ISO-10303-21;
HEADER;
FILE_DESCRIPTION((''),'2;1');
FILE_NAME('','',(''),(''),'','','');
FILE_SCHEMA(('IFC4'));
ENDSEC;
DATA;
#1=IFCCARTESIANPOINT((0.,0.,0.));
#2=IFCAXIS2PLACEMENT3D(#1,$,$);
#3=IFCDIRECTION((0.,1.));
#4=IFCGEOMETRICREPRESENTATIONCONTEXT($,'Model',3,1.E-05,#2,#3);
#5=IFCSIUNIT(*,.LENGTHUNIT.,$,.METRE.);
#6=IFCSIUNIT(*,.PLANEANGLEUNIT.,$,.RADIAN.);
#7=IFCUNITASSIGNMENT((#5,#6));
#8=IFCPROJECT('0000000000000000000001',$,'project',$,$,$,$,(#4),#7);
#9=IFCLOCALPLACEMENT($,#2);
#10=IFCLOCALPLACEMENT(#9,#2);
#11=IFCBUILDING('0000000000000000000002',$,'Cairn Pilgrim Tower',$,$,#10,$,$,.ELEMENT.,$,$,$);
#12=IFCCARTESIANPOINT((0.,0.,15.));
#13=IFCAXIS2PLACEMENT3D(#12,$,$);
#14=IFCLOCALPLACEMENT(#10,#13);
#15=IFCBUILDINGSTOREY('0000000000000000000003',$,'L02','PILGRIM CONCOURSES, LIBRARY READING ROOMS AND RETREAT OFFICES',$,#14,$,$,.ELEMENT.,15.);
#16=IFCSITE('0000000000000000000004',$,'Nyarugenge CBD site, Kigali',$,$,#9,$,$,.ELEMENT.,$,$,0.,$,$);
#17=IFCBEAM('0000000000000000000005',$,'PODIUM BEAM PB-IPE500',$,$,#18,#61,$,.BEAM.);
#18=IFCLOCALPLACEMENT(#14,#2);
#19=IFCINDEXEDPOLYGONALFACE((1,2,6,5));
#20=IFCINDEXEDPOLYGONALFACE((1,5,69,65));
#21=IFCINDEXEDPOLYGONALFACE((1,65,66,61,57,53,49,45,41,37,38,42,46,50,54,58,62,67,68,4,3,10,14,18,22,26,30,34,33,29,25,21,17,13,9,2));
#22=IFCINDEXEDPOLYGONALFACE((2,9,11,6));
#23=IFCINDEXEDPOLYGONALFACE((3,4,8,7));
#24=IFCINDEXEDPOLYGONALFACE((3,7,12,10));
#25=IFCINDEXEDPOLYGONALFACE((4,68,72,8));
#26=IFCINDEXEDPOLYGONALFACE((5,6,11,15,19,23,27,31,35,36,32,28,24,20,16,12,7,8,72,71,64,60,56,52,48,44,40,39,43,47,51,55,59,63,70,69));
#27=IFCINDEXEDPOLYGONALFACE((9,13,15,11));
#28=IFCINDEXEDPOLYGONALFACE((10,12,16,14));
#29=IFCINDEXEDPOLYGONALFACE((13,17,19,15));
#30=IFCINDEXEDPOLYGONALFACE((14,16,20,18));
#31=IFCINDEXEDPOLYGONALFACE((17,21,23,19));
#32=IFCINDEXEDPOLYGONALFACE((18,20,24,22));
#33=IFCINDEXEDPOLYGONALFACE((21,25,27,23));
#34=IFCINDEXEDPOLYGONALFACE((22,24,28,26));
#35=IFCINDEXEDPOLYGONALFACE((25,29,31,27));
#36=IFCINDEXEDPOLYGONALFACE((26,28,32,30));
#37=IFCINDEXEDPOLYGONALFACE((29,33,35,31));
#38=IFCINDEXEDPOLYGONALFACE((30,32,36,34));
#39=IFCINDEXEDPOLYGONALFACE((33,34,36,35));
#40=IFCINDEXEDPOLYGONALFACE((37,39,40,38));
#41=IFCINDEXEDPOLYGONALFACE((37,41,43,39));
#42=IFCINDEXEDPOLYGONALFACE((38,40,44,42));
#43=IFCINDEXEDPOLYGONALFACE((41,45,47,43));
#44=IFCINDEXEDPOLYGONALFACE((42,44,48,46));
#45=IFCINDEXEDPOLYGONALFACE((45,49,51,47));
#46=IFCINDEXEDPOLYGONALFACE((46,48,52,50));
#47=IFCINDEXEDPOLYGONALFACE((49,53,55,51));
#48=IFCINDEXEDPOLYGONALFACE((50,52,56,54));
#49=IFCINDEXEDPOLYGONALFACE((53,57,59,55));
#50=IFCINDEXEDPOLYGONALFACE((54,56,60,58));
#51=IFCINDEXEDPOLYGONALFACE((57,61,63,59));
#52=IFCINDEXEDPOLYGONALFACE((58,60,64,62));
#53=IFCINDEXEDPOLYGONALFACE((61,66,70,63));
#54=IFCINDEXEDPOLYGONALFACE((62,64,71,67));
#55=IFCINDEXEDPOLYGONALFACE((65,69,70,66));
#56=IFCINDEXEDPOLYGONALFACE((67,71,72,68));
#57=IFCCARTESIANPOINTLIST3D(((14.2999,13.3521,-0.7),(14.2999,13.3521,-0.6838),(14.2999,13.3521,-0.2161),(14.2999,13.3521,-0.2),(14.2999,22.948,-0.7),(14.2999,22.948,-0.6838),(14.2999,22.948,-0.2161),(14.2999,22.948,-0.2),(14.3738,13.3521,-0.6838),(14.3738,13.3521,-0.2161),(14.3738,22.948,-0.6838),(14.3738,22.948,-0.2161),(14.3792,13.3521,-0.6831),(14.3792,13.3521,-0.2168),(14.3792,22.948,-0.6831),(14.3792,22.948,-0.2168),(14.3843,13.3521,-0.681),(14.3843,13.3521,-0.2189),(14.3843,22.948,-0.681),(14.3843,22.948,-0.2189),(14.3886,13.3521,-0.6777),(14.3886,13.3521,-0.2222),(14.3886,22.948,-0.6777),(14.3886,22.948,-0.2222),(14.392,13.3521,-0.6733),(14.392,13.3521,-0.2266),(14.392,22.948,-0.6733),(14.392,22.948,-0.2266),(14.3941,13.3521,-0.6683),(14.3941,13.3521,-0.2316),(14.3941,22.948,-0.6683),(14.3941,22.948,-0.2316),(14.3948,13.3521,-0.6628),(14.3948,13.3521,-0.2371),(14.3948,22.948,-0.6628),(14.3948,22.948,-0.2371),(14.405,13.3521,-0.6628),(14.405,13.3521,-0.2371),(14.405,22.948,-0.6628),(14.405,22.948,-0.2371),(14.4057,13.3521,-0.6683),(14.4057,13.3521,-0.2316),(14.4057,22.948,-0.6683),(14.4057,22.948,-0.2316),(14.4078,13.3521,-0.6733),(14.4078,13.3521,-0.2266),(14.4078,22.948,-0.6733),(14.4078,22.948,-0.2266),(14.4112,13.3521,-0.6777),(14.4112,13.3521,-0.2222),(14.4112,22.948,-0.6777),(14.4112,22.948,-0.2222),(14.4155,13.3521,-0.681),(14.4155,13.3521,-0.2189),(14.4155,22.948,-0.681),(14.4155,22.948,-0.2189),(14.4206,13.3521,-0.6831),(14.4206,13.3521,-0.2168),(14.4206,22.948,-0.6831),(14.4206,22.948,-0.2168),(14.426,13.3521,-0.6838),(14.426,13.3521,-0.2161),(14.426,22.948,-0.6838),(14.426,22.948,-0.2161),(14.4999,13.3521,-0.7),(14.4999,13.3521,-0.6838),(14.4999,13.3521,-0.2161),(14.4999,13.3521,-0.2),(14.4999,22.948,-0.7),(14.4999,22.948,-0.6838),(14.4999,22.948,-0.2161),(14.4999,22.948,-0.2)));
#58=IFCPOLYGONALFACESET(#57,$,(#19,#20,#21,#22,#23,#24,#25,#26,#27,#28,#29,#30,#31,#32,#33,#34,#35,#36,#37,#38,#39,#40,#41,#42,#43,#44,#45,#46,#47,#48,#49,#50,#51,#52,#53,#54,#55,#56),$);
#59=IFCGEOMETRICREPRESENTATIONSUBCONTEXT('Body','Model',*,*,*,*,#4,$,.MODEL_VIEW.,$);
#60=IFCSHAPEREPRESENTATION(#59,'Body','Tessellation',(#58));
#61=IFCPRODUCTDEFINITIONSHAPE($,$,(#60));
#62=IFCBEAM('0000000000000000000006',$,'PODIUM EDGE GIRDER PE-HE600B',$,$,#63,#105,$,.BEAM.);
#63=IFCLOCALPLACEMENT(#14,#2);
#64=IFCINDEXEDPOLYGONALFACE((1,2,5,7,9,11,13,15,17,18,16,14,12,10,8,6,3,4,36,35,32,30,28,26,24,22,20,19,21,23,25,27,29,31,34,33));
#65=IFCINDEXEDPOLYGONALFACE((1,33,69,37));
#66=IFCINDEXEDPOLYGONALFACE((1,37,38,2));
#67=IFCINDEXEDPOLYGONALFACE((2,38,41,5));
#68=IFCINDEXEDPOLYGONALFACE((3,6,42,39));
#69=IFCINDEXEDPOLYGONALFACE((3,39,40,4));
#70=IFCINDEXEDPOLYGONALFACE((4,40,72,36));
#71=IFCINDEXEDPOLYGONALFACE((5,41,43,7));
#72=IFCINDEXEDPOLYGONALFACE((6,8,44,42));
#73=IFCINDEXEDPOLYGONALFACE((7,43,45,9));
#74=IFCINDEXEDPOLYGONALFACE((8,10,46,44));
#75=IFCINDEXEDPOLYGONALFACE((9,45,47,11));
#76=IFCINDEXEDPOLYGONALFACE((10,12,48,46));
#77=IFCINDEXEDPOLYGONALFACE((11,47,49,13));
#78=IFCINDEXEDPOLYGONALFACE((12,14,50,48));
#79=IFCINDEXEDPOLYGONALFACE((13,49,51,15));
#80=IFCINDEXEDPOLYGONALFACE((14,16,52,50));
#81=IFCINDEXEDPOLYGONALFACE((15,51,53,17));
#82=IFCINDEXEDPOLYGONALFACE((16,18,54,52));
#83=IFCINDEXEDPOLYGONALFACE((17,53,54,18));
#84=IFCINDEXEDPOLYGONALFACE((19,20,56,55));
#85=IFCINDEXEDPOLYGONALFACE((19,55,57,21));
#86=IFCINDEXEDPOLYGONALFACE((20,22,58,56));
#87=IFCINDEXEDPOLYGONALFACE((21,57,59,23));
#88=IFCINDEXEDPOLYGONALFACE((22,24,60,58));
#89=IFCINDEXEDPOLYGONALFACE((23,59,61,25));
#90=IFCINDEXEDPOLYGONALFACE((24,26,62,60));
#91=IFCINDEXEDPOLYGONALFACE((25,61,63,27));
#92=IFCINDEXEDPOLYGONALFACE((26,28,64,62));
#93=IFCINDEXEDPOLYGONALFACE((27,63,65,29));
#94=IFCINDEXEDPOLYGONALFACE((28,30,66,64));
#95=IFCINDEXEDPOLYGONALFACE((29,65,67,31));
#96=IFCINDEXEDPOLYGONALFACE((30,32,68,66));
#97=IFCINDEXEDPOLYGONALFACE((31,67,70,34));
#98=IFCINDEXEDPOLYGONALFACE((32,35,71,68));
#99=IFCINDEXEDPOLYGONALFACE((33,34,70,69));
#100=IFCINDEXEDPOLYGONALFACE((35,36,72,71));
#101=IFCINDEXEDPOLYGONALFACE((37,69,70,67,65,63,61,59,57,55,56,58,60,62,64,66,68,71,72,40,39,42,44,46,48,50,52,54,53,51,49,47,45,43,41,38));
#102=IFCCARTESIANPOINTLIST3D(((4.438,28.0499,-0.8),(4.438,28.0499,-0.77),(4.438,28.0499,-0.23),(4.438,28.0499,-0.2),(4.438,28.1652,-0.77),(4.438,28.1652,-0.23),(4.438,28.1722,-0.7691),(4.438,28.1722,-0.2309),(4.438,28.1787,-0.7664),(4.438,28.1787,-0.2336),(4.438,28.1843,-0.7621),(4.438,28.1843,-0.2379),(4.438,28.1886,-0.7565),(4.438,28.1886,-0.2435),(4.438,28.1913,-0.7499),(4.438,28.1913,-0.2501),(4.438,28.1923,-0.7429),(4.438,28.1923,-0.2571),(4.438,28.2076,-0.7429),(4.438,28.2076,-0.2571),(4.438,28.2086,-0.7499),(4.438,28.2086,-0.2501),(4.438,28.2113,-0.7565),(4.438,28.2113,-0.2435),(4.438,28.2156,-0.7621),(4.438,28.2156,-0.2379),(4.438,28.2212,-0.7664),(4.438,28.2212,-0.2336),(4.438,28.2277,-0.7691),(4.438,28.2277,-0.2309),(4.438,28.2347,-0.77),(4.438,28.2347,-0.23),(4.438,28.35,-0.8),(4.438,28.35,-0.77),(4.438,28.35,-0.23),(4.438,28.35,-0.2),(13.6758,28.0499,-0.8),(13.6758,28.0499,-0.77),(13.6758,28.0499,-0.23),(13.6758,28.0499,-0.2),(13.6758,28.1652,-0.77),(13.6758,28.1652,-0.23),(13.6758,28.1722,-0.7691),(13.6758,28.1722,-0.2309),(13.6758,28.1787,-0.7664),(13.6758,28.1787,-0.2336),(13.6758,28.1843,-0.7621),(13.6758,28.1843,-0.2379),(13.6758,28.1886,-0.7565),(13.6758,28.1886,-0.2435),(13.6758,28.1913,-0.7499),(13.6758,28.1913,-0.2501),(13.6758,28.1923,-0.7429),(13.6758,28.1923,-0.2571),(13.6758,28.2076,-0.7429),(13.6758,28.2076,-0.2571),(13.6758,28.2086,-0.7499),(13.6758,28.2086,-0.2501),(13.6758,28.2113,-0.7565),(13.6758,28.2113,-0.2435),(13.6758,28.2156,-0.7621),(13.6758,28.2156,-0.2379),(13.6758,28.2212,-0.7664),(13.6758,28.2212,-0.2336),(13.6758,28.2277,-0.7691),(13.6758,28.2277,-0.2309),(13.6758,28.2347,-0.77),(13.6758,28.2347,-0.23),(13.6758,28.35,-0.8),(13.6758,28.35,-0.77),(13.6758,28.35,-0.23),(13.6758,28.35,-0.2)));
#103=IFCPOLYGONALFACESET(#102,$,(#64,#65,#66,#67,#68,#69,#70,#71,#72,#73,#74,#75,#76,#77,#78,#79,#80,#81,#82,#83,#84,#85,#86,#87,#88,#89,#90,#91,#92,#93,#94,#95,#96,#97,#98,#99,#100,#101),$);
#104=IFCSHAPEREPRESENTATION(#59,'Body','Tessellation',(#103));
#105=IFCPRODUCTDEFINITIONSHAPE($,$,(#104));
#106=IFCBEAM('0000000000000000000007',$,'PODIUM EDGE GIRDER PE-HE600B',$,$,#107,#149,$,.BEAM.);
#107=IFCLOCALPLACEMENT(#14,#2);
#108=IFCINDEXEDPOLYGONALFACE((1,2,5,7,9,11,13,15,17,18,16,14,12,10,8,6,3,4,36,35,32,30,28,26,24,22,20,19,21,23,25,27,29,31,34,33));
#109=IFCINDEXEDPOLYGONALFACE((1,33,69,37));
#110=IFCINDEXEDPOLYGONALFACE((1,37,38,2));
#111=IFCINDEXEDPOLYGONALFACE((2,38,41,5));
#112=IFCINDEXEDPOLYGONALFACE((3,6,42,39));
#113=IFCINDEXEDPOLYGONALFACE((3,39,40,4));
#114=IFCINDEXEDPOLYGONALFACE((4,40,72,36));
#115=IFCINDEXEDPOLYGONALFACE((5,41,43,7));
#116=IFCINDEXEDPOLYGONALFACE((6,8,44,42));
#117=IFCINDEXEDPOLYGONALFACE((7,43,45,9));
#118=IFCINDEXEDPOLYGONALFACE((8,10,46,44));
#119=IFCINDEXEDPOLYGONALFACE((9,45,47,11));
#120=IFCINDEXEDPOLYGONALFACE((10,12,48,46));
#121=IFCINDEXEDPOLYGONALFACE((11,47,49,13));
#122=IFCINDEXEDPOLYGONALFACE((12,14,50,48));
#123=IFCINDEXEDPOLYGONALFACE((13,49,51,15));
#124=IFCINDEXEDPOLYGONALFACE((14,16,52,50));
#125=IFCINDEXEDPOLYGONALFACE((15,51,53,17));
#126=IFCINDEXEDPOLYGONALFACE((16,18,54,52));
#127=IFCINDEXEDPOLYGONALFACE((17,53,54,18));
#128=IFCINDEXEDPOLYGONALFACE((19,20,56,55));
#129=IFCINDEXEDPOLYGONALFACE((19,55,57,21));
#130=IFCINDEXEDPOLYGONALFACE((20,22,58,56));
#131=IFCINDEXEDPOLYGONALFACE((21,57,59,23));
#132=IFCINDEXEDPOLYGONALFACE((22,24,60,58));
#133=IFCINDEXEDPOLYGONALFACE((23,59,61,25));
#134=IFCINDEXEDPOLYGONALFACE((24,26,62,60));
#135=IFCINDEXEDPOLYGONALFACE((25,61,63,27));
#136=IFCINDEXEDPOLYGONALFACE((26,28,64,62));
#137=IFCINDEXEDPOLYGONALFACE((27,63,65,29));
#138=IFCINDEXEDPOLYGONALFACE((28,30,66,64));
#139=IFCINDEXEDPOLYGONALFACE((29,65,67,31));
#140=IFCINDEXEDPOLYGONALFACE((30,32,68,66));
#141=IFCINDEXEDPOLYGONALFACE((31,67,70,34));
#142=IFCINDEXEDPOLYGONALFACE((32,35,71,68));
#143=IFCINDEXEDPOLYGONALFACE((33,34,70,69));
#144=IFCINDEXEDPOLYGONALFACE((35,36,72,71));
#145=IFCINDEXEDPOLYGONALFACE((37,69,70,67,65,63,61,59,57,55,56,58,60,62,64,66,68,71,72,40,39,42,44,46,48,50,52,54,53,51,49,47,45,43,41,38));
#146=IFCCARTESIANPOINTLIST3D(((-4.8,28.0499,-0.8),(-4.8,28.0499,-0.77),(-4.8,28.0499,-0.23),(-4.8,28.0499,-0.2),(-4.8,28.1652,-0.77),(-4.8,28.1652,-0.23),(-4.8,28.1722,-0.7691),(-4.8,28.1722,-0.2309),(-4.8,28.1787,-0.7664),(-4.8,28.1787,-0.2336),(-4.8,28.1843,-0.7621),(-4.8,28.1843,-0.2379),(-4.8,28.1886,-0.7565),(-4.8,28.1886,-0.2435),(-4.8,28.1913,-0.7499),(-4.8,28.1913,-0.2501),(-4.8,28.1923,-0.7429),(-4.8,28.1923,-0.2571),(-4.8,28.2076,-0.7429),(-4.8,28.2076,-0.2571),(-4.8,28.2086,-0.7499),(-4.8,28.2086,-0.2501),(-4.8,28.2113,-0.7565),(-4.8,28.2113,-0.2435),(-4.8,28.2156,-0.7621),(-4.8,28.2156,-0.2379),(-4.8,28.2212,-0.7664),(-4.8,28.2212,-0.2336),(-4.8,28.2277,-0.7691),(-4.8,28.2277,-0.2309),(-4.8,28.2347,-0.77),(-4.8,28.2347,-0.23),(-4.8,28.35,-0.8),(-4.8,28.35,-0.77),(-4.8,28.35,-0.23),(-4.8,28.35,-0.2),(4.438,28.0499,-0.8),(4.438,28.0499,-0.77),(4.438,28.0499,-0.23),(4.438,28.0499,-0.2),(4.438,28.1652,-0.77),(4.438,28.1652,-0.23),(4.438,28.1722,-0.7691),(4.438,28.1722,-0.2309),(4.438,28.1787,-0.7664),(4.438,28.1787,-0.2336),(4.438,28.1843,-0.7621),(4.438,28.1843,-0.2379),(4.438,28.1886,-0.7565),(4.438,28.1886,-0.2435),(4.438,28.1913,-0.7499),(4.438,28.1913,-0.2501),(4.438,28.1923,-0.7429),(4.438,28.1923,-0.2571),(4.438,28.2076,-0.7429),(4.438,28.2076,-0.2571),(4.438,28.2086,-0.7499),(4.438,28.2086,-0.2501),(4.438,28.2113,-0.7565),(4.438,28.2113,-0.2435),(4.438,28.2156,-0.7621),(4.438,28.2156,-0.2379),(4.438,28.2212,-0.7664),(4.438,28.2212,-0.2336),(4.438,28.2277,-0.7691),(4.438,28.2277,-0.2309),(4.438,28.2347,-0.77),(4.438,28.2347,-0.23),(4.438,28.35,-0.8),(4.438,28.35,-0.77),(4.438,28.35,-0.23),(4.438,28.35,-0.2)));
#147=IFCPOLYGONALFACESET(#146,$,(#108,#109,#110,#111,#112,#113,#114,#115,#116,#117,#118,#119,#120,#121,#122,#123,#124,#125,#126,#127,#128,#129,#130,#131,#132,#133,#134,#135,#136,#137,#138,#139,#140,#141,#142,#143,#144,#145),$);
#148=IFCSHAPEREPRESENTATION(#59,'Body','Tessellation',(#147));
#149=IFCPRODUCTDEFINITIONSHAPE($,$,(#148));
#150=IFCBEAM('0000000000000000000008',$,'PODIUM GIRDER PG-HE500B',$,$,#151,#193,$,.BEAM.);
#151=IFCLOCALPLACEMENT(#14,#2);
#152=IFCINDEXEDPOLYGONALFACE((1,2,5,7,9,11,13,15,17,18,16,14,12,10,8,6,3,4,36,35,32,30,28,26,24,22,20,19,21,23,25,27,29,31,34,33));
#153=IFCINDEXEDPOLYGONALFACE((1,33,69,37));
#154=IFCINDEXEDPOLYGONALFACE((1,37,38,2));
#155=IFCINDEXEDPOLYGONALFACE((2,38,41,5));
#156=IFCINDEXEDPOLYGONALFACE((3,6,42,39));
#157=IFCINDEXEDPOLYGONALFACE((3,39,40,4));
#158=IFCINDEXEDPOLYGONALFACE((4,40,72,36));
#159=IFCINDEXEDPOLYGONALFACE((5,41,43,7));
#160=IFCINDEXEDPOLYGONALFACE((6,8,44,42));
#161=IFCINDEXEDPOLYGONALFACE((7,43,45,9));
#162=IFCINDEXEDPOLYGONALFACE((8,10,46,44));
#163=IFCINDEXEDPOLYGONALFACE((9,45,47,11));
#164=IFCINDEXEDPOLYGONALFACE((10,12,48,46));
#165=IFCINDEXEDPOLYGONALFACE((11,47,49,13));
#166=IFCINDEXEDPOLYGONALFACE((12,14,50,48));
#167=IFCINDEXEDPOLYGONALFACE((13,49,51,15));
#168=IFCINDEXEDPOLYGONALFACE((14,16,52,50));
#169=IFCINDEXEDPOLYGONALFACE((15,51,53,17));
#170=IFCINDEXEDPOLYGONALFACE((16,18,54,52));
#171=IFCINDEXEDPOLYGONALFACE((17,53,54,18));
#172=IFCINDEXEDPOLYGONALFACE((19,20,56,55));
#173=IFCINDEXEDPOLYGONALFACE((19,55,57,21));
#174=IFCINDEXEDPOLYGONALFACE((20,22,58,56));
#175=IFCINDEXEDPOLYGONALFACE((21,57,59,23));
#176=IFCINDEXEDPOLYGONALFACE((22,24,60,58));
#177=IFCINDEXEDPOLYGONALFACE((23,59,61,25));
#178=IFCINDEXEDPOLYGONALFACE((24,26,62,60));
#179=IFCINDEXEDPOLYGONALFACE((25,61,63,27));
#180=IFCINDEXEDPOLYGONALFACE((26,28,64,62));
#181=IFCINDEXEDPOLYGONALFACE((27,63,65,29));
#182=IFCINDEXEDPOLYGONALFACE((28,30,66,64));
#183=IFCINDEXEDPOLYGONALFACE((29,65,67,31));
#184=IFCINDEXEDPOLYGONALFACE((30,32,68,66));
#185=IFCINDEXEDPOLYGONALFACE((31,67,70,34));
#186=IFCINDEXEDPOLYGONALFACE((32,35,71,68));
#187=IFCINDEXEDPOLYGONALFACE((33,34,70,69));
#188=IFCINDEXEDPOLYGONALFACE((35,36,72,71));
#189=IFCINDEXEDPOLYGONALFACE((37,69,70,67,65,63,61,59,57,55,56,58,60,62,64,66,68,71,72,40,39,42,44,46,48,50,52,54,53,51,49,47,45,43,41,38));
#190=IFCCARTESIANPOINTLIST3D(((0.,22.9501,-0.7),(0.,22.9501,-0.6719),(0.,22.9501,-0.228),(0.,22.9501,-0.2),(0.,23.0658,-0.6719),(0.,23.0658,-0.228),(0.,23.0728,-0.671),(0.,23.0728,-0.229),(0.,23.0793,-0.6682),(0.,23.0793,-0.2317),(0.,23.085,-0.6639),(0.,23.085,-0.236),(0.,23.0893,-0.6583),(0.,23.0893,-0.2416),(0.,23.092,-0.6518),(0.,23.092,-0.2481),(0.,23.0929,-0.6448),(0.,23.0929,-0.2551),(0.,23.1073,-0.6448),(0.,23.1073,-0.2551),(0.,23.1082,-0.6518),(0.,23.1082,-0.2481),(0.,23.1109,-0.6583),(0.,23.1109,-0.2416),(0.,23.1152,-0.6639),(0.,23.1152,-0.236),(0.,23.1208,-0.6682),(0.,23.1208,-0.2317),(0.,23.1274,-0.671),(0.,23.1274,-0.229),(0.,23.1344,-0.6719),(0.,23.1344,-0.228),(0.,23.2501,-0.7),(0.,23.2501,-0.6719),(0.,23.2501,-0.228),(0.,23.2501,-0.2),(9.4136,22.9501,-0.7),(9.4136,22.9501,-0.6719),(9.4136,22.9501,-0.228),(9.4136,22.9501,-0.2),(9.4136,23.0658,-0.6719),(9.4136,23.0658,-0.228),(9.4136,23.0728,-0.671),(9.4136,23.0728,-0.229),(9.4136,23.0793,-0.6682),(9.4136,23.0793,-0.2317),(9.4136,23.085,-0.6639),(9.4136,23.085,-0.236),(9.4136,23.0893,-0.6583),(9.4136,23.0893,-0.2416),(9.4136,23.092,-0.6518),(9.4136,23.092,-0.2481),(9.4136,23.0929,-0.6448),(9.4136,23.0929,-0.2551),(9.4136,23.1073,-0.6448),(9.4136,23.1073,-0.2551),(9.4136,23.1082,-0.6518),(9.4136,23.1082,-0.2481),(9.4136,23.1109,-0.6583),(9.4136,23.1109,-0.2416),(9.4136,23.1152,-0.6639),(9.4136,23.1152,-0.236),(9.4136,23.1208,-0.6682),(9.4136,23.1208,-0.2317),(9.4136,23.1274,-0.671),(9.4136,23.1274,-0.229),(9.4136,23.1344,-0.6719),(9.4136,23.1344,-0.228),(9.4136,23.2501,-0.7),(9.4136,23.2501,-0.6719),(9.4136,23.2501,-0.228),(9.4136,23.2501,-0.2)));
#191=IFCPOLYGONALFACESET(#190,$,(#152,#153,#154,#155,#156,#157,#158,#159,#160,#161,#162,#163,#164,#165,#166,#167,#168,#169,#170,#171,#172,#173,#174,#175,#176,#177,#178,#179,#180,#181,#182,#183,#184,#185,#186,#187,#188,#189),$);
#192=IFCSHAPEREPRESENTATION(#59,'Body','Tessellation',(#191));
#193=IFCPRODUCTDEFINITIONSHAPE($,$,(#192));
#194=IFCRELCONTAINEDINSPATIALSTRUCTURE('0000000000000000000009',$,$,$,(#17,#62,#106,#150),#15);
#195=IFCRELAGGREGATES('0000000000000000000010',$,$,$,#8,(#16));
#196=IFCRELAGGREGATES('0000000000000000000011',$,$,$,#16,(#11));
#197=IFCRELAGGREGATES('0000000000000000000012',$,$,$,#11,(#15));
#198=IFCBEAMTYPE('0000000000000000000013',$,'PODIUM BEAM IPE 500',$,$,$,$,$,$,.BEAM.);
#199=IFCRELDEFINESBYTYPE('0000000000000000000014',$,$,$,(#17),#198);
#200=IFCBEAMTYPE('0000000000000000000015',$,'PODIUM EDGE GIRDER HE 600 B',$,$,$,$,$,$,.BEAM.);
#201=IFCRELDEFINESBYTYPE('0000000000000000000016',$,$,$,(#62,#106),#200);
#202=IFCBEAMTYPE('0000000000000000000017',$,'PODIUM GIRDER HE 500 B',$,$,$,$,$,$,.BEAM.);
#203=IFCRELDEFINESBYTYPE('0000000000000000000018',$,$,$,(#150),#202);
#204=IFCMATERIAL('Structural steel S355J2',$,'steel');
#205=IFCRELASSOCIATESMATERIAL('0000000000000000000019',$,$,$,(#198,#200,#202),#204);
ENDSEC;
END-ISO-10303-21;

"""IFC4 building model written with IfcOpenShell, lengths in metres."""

from ifc_helpers import new_model, si_unit, direction, frame, origin, origin_2d, place, context, subcontext, project, spatial, i_section, extrude, material, material_profile, profile_set, type_object, element, save


model = new_model("IFC4")

# Units and contexts
model_context = context("Model", 3, precision=1e-05, world=origin(), true_north=direction((0.0, 1.0)))
body_context = subcontext(model_context, "Body", "Model", "MODEL_VIEW")
ifc_project = project(units=[si_unit("LENGTHUNIT", "METRE"), si_unit("PLANEANGLEUNIT", "RADIAN")], contexts=[model_context])

# Site, building, storey
site_placement = place(None, origin())
site = spatial("IfcSite", under=ifc_project, at=site_placement, Name="Nyarugenge CBD site, Kigali", CompositionType="ELEMENT", RefElevation=0.0)
building_placement = place(site_placement, origin())
building = spatial("IfcBuilding", under=site, at=building_placement, Name="Cairn Pilgrim Tower", CompositionType="ELEMENT")
storey_placement = place(building_placement, frame((0.0, 0.0, 15.0)))
storey = spatial("IfcBuildingStorey", under=building, at=storey_placement, Name="L02", Description="PILGRIM CONCOURSES, LIBRARY READING ROOMS AND RETREAT OFFICES", CompositionType="ELEMENT", Elevation=15.0)

# Beams
ifc_material_1 = material(Name="Structural steel S355J2", Category="steel")
ifc_material_profile_1 = material_profile(ifc_material_1, i_section(OverallWidth=0.2, OverallDepth=0.5, WebThickness=0.0103, FlangeThickness=0.0161, FilletRadius=0.021, at=origin_2d()), Name="IPE 500")
ifc_profile_set_1 = profile_set([ifc_material_profile_1], Name="Structural steel S355J2")
beam_type_1 = type_object("IfcBeamType", Name="PODIUM BEAM IPE 500", PredefinedType="BEAM", material=ifc_profile_set_1)
beam_1_placement = place(storey_placement, frame((14.3999, 13.3521, -0.45), z_axis=(0.0, 1.0, 0.0), x_axis=(-1.0, 0.0, 0.0)))
element("IfcBeam", 1, at=beam_1_placement, inside=storey, type_object=beam_type_1, Name="PODIUM BEAM PB-IPE500", PredefinedType="BEAM", context=body_context, shape_type="SweptSolid", body=[
    extrude(i_section(OverallWidth=0.2, OverallDepth=0.5, WebThickness=0.0103, FlangeThickness=0.0161, FilletRadius=0.021, at=origin_2d()), origin(), (0.0, 0.0, 1.0), 9.5959),
])
ifc_material_profile_2 = material_profile(ifc_material_1, i_section(OverallWidth=0.3, OverallDepth=0.6001, WebThickness=0.0154, FlangeThickness=0.03, FilletRadius=0.0271, at=origin_2d()), Name="HEB 600")
ifc_profile_set_2 = profile_set([ifc_material_profile_2], Name="Structural steel S355J2")
beam_type_2 = type_object("IfcBeamType", Name="PODIUM EDGE GIRDER HE 600 B", PredefinedType="BEAM", material=ifc_profile_set_2)
beam_2_placement = place(storey_placement, frame((13.6758, 28.2, -0.5), z_axis=(-1.0, 0.0, 0.0), x_axis=(0.0, -1.0, 0.0)))
element("IfcBeam", 2, at=beam_2_placement, inside=storey, type_object=beam_type_2, Name="PODIUM EDGE GIRDER PE-HE600B", PredefinedType="BEAM", context=body_context, shape_type="SweptSolid", body=[
    extrude(i_section(OverallWidth=0.3, OverallDepth=0.6001, WebThickness=0.0154, FlangeThickness=0.03, FilletRadius=0.0271, at=origin_2d()), origin(), (0.0, 0.0, 1.0), 9.2378),
])
beam_3_placement = place(storey_placement, frame((4.438, 28.2, -0.5), z_axis=(-1.0, 0.0, 0.0), x_axis=(0.0, -1.0, 0.0)))
element("IfcBeam", 3, at=beam_3_placement, inside=storey, type_object=beam_type_2, Name="PODIUM EDGE GIRDER PE-HE600B", PredefinedType="BEAM", context=body_context, shape_type="SweptSolid", body=[
    extrude(i_section(OverallWidth=0.3, OverallDepth=0.6001, WebThickness=0.0154, FlangeThickness=0.03, FilletRadius=0.0271, at=origin_2d()), origin(), (0.0, 0.0, 1.0), 9.238),
])
ifc_material_profile_3 = material_profile(ifc_material_1, i_section(OverallWidth=0.3, OverallDepth=0.5, WebThickness=0.0144, FlangeThickness=0.0281, FilletRadius=0.0271, at=origin_2d()), Name="HEB 500")
ifc_profile_set_3 = profile_set([ifc_material_profile_3], Name="Structural steel S355J2")
beam_type_3 = type_object("IfcBeamType", Name="PODIUM GIRDER HE 500 B", PredefinedType="BEAM", material=ifc_profile_set_3)
beam_4_placement = place(storey_placement, frame((9.4136, 23.1001, -0.45), z_axis=(-1.0, 0.0, 0.0), x_axis=(0.0, -1.0, 0.0)))
element("IfcBeam", 4, at=beam_4_placement, inside=storey, type_object=beam_type_3, Name="PODIUM GIRDER PG-HE500B", PredefinedType="BEAM", context=body_context, shape_type="SweptSolid", body=[
    extrude(i_section(OverallWidth=0.3, OverallDepth=0.5, WebThickness=0.0144, FlangeThickness=0.0281, FilletRadius=0.0271, at=origin_2d()), origin(), (0.0, 0.0, 1.0), 9.4136),
])

save(model, "model.ifc")
